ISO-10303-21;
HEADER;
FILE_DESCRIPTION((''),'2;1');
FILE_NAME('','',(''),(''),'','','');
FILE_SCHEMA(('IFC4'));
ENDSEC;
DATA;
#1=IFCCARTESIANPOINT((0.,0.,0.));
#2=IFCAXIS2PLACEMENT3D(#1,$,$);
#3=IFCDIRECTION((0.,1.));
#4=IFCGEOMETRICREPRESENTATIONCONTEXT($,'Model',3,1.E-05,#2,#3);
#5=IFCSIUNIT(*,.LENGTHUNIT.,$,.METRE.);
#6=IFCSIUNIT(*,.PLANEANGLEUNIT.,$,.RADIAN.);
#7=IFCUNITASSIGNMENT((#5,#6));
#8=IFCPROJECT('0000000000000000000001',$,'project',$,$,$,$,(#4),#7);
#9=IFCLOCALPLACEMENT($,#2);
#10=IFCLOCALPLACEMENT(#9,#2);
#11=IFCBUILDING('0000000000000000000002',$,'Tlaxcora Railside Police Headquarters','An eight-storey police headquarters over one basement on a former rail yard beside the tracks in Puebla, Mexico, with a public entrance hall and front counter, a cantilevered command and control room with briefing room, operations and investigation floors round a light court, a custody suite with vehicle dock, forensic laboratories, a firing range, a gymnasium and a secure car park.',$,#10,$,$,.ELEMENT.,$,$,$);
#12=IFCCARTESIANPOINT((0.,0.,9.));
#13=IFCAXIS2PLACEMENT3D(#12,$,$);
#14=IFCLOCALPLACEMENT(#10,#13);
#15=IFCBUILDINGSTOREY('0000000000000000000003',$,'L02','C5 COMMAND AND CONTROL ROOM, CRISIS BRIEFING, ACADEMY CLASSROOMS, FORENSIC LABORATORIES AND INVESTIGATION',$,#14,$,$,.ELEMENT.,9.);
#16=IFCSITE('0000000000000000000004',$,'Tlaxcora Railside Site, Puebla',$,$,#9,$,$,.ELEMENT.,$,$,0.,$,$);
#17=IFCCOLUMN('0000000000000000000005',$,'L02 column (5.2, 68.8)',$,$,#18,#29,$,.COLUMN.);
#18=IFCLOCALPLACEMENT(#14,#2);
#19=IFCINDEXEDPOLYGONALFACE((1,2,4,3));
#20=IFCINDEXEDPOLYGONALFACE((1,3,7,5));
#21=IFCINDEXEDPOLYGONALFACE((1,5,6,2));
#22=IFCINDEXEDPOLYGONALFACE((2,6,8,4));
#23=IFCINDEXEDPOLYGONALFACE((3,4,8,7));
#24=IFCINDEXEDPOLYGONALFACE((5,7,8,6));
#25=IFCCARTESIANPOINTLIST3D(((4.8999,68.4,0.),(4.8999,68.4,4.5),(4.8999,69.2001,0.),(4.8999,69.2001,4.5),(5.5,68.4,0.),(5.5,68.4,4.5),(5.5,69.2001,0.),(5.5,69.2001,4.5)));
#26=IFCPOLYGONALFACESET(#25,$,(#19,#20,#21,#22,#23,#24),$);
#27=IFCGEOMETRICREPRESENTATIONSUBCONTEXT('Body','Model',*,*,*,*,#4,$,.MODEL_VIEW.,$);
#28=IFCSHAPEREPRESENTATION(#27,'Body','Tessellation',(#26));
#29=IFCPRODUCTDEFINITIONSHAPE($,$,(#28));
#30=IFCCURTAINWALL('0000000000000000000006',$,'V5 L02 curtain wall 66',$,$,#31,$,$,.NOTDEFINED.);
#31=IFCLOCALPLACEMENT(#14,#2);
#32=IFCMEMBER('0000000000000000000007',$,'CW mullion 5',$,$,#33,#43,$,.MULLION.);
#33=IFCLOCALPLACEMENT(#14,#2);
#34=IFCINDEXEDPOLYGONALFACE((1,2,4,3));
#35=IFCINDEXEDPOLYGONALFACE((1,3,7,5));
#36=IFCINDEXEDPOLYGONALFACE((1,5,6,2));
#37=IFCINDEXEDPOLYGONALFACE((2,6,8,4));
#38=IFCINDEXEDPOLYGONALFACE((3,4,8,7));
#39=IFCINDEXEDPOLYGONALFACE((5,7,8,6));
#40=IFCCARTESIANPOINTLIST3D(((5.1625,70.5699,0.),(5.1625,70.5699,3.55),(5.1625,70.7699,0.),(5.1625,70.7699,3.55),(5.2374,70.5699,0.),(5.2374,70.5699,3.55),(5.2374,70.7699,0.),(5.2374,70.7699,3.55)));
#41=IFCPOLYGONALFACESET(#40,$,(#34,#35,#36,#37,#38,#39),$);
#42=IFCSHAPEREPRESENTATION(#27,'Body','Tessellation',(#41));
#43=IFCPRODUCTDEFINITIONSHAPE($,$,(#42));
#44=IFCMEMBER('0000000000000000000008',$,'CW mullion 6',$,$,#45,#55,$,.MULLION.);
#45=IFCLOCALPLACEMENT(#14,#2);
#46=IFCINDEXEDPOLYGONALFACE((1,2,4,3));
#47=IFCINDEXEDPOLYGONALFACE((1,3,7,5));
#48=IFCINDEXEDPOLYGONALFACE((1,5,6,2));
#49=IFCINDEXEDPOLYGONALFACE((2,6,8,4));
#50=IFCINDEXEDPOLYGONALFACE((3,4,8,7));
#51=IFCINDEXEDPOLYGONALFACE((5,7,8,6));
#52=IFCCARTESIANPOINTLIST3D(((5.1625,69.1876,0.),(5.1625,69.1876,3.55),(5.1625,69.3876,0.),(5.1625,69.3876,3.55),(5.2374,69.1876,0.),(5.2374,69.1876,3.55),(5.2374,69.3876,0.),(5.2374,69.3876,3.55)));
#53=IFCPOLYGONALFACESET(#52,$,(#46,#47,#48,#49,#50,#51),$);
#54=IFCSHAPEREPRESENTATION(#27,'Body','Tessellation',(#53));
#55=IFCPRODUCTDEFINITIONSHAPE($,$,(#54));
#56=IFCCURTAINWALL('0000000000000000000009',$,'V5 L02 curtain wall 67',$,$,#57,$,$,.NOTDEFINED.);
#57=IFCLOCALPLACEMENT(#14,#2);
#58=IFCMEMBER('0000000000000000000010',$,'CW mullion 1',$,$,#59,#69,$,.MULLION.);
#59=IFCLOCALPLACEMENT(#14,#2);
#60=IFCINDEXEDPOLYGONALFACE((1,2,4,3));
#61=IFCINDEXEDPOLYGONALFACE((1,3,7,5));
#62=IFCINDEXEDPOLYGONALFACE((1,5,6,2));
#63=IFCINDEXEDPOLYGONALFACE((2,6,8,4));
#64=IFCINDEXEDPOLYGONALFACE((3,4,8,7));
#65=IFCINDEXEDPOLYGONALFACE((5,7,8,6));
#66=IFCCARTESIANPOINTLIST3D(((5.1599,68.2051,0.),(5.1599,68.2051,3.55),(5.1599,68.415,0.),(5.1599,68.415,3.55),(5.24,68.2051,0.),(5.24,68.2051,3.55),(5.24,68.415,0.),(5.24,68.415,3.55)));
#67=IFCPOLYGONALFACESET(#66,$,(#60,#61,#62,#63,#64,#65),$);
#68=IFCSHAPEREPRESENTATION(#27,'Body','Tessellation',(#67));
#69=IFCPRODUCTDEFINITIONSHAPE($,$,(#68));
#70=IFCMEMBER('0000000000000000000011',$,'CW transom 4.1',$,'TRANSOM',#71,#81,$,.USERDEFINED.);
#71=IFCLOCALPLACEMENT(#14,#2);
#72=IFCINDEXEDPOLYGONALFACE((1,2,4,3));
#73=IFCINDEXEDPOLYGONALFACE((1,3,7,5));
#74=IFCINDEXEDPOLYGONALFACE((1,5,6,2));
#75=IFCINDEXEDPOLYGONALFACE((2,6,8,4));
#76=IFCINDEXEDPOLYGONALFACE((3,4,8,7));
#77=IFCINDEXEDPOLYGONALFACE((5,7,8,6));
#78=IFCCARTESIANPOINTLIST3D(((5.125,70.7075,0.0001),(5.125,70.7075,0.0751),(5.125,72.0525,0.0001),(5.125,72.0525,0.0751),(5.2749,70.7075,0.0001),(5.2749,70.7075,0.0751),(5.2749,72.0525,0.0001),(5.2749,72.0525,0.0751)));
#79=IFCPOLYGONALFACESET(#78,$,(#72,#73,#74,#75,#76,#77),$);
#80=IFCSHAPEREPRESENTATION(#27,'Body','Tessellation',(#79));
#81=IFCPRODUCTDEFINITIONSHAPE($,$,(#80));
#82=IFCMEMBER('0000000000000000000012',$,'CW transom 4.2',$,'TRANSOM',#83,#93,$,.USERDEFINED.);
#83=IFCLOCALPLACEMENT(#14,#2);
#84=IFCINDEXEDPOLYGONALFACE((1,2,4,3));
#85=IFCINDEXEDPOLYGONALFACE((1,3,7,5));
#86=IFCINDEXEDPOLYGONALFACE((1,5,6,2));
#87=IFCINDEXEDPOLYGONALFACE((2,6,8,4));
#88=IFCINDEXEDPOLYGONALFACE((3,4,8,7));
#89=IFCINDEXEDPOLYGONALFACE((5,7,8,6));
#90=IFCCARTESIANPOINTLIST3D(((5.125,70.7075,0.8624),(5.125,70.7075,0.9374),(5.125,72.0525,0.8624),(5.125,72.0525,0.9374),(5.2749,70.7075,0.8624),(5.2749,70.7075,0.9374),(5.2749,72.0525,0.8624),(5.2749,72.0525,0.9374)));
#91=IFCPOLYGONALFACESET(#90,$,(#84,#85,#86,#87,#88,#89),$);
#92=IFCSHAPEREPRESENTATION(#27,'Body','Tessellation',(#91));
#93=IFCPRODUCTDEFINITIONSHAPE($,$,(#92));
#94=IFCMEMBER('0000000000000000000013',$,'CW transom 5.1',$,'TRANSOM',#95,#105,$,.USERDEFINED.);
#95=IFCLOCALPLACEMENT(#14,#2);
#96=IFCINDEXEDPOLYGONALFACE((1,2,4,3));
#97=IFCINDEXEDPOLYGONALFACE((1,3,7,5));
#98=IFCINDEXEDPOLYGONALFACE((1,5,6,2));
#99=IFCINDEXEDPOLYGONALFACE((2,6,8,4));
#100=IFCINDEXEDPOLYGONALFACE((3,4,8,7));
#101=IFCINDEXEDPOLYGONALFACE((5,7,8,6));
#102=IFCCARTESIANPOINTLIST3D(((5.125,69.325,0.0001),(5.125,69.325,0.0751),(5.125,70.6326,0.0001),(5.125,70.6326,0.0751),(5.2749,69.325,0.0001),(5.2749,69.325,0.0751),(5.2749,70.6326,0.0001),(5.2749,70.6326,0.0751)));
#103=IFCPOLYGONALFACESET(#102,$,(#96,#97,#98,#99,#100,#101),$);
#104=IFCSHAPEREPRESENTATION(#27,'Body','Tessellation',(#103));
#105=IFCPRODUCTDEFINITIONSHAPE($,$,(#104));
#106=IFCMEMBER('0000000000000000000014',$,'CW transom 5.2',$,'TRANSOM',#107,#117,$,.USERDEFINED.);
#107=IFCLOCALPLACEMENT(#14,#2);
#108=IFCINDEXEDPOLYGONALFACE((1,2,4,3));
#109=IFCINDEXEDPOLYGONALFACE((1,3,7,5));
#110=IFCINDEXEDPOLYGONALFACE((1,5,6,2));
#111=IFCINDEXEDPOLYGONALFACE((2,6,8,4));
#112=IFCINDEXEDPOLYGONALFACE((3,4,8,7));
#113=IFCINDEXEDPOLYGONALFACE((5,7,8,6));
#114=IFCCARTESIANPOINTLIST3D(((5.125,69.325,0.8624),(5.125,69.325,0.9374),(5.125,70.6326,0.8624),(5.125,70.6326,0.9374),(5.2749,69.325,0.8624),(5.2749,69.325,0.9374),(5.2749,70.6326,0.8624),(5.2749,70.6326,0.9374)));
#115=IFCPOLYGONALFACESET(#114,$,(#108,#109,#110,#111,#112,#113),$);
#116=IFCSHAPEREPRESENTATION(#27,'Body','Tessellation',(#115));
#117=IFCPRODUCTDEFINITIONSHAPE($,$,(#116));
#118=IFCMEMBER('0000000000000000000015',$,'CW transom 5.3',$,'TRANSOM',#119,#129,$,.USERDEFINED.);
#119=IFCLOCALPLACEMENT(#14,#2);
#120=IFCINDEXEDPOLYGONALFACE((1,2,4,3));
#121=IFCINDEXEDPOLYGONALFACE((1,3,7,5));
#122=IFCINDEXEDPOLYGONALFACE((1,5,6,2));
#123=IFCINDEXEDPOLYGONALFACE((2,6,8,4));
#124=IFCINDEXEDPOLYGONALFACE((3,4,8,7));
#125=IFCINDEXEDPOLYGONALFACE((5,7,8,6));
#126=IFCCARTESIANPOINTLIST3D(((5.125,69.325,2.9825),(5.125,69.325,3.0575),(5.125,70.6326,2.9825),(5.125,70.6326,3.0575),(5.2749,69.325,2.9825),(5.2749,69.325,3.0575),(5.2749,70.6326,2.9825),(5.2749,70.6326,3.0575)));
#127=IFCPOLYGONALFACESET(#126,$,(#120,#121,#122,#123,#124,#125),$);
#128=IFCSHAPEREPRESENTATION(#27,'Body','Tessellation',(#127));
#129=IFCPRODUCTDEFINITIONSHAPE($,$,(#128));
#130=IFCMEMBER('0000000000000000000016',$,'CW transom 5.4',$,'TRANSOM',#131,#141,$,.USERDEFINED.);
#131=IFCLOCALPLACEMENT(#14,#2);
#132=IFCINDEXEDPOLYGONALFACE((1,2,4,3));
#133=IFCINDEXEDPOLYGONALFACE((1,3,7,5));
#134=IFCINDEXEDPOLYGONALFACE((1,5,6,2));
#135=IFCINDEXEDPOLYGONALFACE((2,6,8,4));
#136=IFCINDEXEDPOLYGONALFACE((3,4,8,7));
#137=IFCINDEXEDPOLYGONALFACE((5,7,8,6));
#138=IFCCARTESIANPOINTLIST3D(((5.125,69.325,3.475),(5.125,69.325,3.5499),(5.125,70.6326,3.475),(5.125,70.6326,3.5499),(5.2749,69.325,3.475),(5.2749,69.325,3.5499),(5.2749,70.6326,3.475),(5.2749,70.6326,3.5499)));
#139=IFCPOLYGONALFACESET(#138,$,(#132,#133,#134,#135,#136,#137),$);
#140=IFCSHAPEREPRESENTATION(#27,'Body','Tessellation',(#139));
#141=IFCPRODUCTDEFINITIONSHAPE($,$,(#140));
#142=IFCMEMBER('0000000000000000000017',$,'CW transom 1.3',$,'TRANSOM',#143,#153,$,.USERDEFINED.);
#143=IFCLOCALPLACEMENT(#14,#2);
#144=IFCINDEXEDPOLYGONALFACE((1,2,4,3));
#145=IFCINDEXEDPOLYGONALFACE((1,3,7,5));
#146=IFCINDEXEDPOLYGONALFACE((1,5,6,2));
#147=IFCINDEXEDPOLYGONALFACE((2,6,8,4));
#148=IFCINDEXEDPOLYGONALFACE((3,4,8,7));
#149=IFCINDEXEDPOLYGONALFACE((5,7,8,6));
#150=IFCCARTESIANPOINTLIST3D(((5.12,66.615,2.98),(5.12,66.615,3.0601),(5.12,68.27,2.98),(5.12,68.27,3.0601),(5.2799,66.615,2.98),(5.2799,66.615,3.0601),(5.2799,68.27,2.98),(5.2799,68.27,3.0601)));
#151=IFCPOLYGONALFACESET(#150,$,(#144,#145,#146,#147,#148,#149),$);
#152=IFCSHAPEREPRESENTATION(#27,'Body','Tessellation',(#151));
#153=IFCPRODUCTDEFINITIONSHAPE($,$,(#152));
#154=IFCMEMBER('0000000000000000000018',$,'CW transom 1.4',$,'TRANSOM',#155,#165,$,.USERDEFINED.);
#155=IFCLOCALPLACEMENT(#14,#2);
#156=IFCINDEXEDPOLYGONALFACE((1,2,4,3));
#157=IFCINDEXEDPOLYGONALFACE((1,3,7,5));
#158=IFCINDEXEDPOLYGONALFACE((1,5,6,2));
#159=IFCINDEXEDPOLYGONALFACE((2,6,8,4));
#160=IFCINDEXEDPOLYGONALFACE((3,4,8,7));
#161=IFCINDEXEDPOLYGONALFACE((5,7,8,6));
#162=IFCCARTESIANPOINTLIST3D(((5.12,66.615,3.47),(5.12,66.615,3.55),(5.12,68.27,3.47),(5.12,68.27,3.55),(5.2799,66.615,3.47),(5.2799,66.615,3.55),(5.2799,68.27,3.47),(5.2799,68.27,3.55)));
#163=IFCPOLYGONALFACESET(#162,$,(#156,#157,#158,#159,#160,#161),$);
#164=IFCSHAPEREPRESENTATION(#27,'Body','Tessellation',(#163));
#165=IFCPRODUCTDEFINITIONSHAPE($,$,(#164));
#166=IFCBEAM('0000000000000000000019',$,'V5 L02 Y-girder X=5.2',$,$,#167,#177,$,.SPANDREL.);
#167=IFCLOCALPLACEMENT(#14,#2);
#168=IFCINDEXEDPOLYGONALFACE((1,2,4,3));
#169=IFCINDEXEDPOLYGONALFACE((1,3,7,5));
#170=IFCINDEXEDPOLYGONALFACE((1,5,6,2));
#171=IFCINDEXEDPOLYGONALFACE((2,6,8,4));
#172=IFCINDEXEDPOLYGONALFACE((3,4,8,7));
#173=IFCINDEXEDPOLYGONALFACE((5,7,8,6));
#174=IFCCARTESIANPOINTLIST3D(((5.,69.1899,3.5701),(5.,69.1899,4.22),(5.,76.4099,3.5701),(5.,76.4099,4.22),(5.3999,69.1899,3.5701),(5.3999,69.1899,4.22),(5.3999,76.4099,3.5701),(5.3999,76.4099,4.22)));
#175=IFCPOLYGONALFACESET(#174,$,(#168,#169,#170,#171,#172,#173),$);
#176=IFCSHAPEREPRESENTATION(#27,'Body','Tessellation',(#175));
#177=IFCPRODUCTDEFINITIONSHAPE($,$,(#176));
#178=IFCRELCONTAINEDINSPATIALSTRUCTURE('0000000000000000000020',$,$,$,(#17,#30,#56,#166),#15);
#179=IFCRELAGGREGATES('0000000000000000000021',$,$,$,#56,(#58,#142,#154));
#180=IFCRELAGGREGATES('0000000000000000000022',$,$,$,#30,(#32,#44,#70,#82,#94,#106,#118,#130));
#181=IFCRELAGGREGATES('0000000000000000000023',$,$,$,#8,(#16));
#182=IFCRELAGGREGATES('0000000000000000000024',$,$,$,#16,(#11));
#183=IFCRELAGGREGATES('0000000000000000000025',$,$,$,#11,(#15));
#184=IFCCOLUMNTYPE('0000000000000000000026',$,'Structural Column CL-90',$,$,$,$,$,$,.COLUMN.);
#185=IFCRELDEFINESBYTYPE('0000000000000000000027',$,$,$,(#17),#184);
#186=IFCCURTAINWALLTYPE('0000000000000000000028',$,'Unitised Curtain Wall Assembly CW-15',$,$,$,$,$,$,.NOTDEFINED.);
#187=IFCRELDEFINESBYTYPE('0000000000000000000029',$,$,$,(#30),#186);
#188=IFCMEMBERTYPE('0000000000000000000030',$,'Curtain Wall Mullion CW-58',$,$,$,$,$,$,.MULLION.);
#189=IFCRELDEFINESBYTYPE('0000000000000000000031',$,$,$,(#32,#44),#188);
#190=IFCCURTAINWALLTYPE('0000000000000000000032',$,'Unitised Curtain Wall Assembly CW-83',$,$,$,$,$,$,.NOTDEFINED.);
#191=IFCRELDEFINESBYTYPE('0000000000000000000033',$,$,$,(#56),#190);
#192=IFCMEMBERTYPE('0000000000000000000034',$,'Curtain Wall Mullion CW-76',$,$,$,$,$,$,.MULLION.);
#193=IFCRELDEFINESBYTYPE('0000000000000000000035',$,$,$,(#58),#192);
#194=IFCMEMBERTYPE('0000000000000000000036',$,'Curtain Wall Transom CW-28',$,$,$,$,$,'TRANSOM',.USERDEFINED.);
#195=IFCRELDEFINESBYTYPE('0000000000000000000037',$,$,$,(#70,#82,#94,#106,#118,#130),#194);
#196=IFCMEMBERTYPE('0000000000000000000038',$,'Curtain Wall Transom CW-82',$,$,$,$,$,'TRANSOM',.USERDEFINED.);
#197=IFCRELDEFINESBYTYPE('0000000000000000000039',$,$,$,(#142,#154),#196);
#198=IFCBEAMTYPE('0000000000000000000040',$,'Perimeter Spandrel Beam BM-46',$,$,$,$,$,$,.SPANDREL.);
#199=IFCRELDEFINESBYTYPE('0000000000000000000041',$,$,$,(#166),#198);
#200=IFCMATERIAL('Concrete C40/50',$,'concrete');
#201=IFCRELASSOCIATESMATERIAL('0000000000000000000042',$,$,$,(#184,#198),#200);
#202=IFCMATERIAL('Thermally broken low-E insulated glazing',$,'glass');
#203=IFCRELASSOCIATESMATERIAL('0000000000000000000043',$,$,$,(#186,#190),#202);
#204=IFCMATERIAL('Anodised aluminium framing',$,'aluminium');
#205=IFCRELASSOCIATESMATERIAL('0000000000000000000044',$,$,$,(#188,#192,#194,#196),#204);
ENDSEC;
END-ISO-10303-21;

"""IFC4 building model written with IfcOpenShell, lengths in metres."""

from ifc_helpers import new_model, si_unit, direction, frame, origin, origin_2d, place, context, subcontext, project, spatial, rectangle, extrude, material, material_profile, profile_set, type_object, element, aggregate, save


model = new_model("IFC4")

# Units and contexts
model_context = context("Model", 3, precision=1e-05, world=origin(), true_north=direction((0.0, 1.0)))
body_context = subcontext(model_context, "Body", "Model", "MODEL_VIEW")
ifc_project = project(units=[si_unit("LENGTHUNIT", "METRE"), si_unit("PLANEANGLEUNIT", "RADIAN")], contexts=[model_context])

# Site, building, storey
site_placement = place(None, origin())
site = spatial("IfcSite", under=ifc_project, at=site_placement, Name="Tlaxcora Railside Site, Puebla", CompositionType="ELEMENT", RefElevation=0.0)
building_placement = place(site_placement, origin())
building = spatial("IfcBuilding", under=site, at=building_placement, Name="Tlaxcora Railside Police Headquarters", Description="An eight-storey police headquarters over one basement on a former rail yard beside the tracks in Puebla, Mexico, with a public entrance hall and front counter, a cantilevered command and control room with briefing room, operations and investigation floors round a light court, a custody suite with vehicle dock, forensic laboratories, a firing range, a gymnasium and a secure car park.", CompositionType="ELEMENT")
storey_placement = place(building_placement, frame((0.0, 0.0, 9.0)))
storey = spatial("IfcBuildingStorey", under=building, at=storey_placement, Name="L02", Description="C5 COMMAND AND CONTROL ROOM, CRISIS BRIEFING, ACADEMY CLASSROOMS, FORENSIC LABORATORIES AND INVESTIGATION", CompositionType="ELEMENT", Elevation=9.0)

# Column
ifc_material_1 = material(Name="Concrete C40/50", Category="concrete")
ifc_material_profile_1 = material_profile(ifc_material_1, rectangle(XDim=0.6001, YDim=0.8, at=origin_2d()), Name="RC600X800")
ifc_profile_set_1 = profile_set([ifc_material_profile_1], Name="Concrete C40/50")
column_type = type_object("IfcColumnType", Name="Structural Column CL-90", PredefinedType="COLUMN", material=ifc_profile_set_1)
column_placement = place(storey_placement, frame((5.2, 68.8, 0.0), z_axis=(0.0, 0.0, 1.0), x_axis=(1.0, 0.0, 0.0)))
element("IfcColumn", 1, at=column_placement, inside=storey, type_object=column_type, Name="L02 column (5.2, 68.8)", PredefinedType="COLUMN", context=body_context, shape_type="SweptSolid", body=[
    extrude(rectangle(XDim=0.6001, YDim=0.8, at=origin_2d()), origin(), (0.0, 0.0, 1.0), 4.5),
])

# Curtain wall, members
ifc_material_2 = material(Name="Thermally broken low-E insulated glazing", Category="glass")
curtain_wall_type_1 = type_object("IfcCurtainWallType", Name="Unitised Curtain Wall Assembly CW-15", PredefinedType="NOTDEFINED", material=ifc_material_2)
curtain_wall_1_placement = place(storey_placement, origin())
curtain_wall_1 = element("IfcCurtainWall", 2, at=curtain_wall_1_placement, inside=storey, type_object=curtain_wall_type_1, Name="V5 L02 curtain wall 66", PredefinedType="NOTDEFINED")
ifc_material_3 = material(Name="Anodised aluminium framing", Category="aluminium")
ifc_material_profile_2 = material_profile(ifc_material_3, rectangle(XDim=0.075, YDim=0.2, at=origin_2d()), Name="AL75X200")
ifc_profile_set_2 = profile_set([ifc_material_profile_2], Name="Anodised aluminium framing")
member_type_1 = type_object("IfcMemberType", Name="Curtain Wall Mullion CW-58", PredefinedType="MULLION", material=ifc_profile_set_2)
member_1_placement = place(storey_placement, frame((5.2, 70.6699, 0.0), z_axis=(0.0, 0.0, 1.0), x_axis=(1.0, 0.0, 0.0)))
member_1 = element("IfcMember", 3, at=member_1_placement, type_object=member_type_1, Name="CW mullion 5", PredefinedType="MULLION", context=body_context, shape_type="SweptSolid", body=[
    extrude(rectangle(XDim=0.075, YDim=0.2, at=origin_2d()), origin(), (0.0, 0.0, 1.0), 3.55),
])
member_2_placement = place(storey_placement, frame((5.2, 69.2876, 0.0), z_axis=(0.0, 0.0, 1.0), x_axis=(1.0, 0.0, 0.0)))
member_2 = element("IfcMember", 4, at=member_2_placement, type_object=member_type_1, Name="CW mullion 6", PredefinedType="MULLION", context=body_context, shape_type="SweptSolid", body=[
    extrude(rectangle(XDim=0.075, YDim=0.2, at=origin_2d()), origin(), (0.0, 0.0, 1.0), 3.55),
])

# Curtain wall, member
curtain_wall_type_2 = type_object("IfcCurtainWallType", Name="Unitised Curtain Wall Assembly CW-83", PredefinedType="NOTDEFINED", material=ifc_material_2)
curtain_wall_2_placement = place(storey_placement, origin())
curtain_wall_2 = element("IfcCurtainWall", 5, at=curtain_wall_2_placement, inside=storey, type_object=curtain_wall_type_2, Name="V5 L02 curtain wall 67", PredefinedType="NOTDEFINED")
ifc_material_profile_3 = material_profile(ifc_material_3, rectangle(XDim=0.0801, YDim=0.21, at=origin_2d()), Name="AL80X210")
ifc_profile_set_3 = profile_set([ifc_material_profile_3], Name="Anodised aluminium framing")
member_type_2 = type_object("IfcMemberType", Name="Curtain Wall Mullion CW-76", PredefinedType="MULLION", material=ifc_profile_set_3)
member_3_placement = place(storey_placement, frame((5.2, 68.3101, 0.0), z_axis=(0.0, 0.0, 1.0), x_axis=(1.0, 0.0, 0.0)))
member_3 = element("IfcMember", 6, at=member_3_placement, type_object=member_type_2, Name="CW mullion 1", PredefinedType="MULLION", context=body_context, shape_type="SweptSolid", body=[
    extrude(rectangle(XDim=0.0801, YDim=0.21, at=origin_2d()), origin(), (0.0, 0.0, 1.0), 3.55),
])

# Members
ifc_material_profile_4 = material_profile(ifc_material_3, rectangle(XDim=0.1499, YDim=0.075, at=origin_2d()), Name="AL75X150")
ifc_profile_set_4 = profile_set([ifc_material_profile_4], Name="Anodised aluminium framing")
member_type_3 = type_object("IfcMemberType", Name="Curtain Wall Transom CW-28", ElementType="TRANSOM", PredefinedType="USERDEFINED", material=ifc_profile_set_4)
member_4_placement = place(storey_placement, frame((5.2, 72.0525, 0.0376), z_axis=(0.0, -1.0, 0.0), x_axis=(1.0, 0.0, 0.0)))
member_4 = element("IfcMember", 7, at=member_4_placement, type_object=member_type_3, Name="CW transom 4.1", ObjectType="TRANSOM", PredefinedType="USERDEFINED", context=body_context, shape_type="SweptSolid", body=[
    extrude(rectangle(XDim=0.1499, YDim=0.075, at=origin_2d()), origin(), (0.0, 0.0, 1.0), 1.345),
])
member_5_placement = place(storey_placement, frame((5.2, 72.0525, 0.8999), z_axis=(0.0, -1.0, 0.0), x_axis=(1.0, 0.0, 0.0)))
member_5 = element("IfcMember", 8, at=member_5_placement, type_object=member_type_3, Name="CW transom 4.2", ObjectType="TRANSOM", PredefinedType="USERDEFINED", context=body_context, shape_type="SweptSolid", body=[
    extrude(rectangle(XDim=0.1499, YDim=0.075, at=origin_2d()), origin(), (0.0, 0.0, 1.0), 1.345),
])
member_6_placement = place(storey_placement, frame((5.2, 70.6326, 0.0376), z_axis=(0.0, -1.0, 0.0), x_axis=(1.0, 0.0, 0.0)))
member_6 = element("IfcMember", 9, at=member_6_placement, type_object=member_type_3, Name="CW transom 5.1", ObjectType="TRANSOM", PredefinedType="USERDEFINED", context=body_context, shape_type="SweptSolid", body=[
    extrude(rectangle(XDim=0.1499, YDim=0.075, at=origin_2d()), origin(), (0.0, 0.0, 1.0), 1.3076),
])
member_7_placement = place(storey_placement, frame((5.2, 70.6326, 0.8999), z_axis=(0.0, -1.0, 0.0), x_axis=(1.0, 0.0, 0.0)))
member_7 = element("IfcMember", 10, at=member_7_placement, type_object=member_type_3, Name="CW transom 5.2", ObjectType="TRANSOM", PredefinedType="USERDEFINED", context=body_context, shape_type="SweptSolid", body=[
    extrude(rectangle(XDim=0.1499, YDim=0.075, at=origin_2d()), origin(), (0.0, 0.0, 1.0), 1.3076),
])
member_8_placement = place(storey_placement, frame((5.2, 70.6326, 3.02), z_axis=(0.0, -1.0, 0.0), x_axis=(1.0, 0.0, 0.0)))
member_8 = element("IfcMember", 11, at=member_8_placement, type_object=member_type_3, Name="CW transom 5.3", ObjectType="TRANSOM", PredefinedType="USERDEFINED", context=body_context, shape_type="SweptSolid", body=[
    extrude(rectangle(XDim=0.1499, YDim=0.075, at=origin_2d()), origin(), (0.0, 0.0, 1.0), 1.3076),
])
member_9_placement = place(storey_placement, frame((5.2, 70.6326, 3.5125), z_axis=(0.0, -1.0, 0.0), x_axis=(1.0, 0.0, 0.0)))
member_9 = element("IfcMember", 12, at=member_9_placement, type_object=member_type_3, Name="CW transom 5.4", ObjectType="TRANSOM", PredefinedType="USERDEFINED", context=body_context, shape_type="SweptSolid", body=[
    extrude(rectangle(XDim=0.1499, YDim=0.075, at=origin_2d()), origin(), (0.0, 0.0, 1.0), 1.3076),
])
ifc_material_profile_5 = material_profile(ifc_material_3, rectangle(XDim=0.1599, YDim=0.0801, at=origin_2d()), Name="AL80X160")
ifc_profile_set_5 = profile_set([ifc_material_profile_5], Name="Anodised aluminium framing")
member_type_4 = type_object("IfcMemberType", Name="Curtain Wall Transom CW-82", ElementType="TRANSOM", PredefinedType="USERDEFINED", material=ifc_profile_set_5)
member_10_placement = place(storey_placement, frame((5.2, 68.27, 3.02), z_axis=(0.0, -1.0, 0.0), x_axis=(1.0, 0.0, 0.0)))
member_10 = element("IfcMember", 13, at=member_10_placement, type_object=member_type_4, Name="CW transom 1.3", ObjectType="TRANSOM", PredefinedType="USERDEFINED", context=body_context, shape_type="SweptSolid", body=[
    extrude(rectangle(XDim=0.1599, YDim=0.0801, at=origin_2d()), origin(), (0.0, 0.0, 1.0), 1.655),
])
member_11_placement = place(storey_placement, frame((5.2, 68.27, 3.51), z_axis=(0.0, -1.0, 0.0), x_axis=(1.0, 0.0, 0.0)))
member_11 = element("IfcMember", 14, at=member_11_placement, type_object=member_type_4, Name="CW transom 1.4", ObjectType="TRANSOM", PredefinedType="USERDEFINED", context=body_context, shape_type="SweptSolid", body=[
    extrude(rectangle(XDim=0.1599, YDim=0.0801, at=origin_2d()), origin(), (0.0, 0.0, 1.0), 1.655),
])
aggregate(curtain_wall_2, [member_3, member_10, member_11])

# Beam
ifc_material_profile_6 = material_profile(ifc_material_1, rectangle(XDim=0.3999, YDim=0.6499, at=origin_2d()), Name="RC400X650")
ifc_profile_set_6 = profile_set([ifc_material_profile_6], Name="Concrete C40/50")
beam_type = type_object("IfcBeamType", Name="Perimeter Spandrel Beam BM-46", PredefinedType="SPANDREL", material=ifc_profile_set_6)
beam_placement = place(storey_placement, frame((5.2, 69.1899, 3.895), z_axis=(0.0, 1.0, 0.0), x_axis=(-1.0, 0.0, 0.0)))
element("IfcBeam", 15, at=beam_placement, inside=storey, type_object=beam_type, Name="V5 L02 Y-girder X=5.2", PredefinedType="SPANDREL", context=body_context, shape_type="SweptSolid", body=[
    extrude(rectangle(XDim=0.3999, YDim=0.6499, at=origin_2d()), origin(), (0.0, 0.0, 1.0), 7.22),
])

aggregate(curtain_wall_1, [member_1, member_2, member_4, member_5, member_6, member_7, member_8, member_9])

save(model, "model.ifc")
